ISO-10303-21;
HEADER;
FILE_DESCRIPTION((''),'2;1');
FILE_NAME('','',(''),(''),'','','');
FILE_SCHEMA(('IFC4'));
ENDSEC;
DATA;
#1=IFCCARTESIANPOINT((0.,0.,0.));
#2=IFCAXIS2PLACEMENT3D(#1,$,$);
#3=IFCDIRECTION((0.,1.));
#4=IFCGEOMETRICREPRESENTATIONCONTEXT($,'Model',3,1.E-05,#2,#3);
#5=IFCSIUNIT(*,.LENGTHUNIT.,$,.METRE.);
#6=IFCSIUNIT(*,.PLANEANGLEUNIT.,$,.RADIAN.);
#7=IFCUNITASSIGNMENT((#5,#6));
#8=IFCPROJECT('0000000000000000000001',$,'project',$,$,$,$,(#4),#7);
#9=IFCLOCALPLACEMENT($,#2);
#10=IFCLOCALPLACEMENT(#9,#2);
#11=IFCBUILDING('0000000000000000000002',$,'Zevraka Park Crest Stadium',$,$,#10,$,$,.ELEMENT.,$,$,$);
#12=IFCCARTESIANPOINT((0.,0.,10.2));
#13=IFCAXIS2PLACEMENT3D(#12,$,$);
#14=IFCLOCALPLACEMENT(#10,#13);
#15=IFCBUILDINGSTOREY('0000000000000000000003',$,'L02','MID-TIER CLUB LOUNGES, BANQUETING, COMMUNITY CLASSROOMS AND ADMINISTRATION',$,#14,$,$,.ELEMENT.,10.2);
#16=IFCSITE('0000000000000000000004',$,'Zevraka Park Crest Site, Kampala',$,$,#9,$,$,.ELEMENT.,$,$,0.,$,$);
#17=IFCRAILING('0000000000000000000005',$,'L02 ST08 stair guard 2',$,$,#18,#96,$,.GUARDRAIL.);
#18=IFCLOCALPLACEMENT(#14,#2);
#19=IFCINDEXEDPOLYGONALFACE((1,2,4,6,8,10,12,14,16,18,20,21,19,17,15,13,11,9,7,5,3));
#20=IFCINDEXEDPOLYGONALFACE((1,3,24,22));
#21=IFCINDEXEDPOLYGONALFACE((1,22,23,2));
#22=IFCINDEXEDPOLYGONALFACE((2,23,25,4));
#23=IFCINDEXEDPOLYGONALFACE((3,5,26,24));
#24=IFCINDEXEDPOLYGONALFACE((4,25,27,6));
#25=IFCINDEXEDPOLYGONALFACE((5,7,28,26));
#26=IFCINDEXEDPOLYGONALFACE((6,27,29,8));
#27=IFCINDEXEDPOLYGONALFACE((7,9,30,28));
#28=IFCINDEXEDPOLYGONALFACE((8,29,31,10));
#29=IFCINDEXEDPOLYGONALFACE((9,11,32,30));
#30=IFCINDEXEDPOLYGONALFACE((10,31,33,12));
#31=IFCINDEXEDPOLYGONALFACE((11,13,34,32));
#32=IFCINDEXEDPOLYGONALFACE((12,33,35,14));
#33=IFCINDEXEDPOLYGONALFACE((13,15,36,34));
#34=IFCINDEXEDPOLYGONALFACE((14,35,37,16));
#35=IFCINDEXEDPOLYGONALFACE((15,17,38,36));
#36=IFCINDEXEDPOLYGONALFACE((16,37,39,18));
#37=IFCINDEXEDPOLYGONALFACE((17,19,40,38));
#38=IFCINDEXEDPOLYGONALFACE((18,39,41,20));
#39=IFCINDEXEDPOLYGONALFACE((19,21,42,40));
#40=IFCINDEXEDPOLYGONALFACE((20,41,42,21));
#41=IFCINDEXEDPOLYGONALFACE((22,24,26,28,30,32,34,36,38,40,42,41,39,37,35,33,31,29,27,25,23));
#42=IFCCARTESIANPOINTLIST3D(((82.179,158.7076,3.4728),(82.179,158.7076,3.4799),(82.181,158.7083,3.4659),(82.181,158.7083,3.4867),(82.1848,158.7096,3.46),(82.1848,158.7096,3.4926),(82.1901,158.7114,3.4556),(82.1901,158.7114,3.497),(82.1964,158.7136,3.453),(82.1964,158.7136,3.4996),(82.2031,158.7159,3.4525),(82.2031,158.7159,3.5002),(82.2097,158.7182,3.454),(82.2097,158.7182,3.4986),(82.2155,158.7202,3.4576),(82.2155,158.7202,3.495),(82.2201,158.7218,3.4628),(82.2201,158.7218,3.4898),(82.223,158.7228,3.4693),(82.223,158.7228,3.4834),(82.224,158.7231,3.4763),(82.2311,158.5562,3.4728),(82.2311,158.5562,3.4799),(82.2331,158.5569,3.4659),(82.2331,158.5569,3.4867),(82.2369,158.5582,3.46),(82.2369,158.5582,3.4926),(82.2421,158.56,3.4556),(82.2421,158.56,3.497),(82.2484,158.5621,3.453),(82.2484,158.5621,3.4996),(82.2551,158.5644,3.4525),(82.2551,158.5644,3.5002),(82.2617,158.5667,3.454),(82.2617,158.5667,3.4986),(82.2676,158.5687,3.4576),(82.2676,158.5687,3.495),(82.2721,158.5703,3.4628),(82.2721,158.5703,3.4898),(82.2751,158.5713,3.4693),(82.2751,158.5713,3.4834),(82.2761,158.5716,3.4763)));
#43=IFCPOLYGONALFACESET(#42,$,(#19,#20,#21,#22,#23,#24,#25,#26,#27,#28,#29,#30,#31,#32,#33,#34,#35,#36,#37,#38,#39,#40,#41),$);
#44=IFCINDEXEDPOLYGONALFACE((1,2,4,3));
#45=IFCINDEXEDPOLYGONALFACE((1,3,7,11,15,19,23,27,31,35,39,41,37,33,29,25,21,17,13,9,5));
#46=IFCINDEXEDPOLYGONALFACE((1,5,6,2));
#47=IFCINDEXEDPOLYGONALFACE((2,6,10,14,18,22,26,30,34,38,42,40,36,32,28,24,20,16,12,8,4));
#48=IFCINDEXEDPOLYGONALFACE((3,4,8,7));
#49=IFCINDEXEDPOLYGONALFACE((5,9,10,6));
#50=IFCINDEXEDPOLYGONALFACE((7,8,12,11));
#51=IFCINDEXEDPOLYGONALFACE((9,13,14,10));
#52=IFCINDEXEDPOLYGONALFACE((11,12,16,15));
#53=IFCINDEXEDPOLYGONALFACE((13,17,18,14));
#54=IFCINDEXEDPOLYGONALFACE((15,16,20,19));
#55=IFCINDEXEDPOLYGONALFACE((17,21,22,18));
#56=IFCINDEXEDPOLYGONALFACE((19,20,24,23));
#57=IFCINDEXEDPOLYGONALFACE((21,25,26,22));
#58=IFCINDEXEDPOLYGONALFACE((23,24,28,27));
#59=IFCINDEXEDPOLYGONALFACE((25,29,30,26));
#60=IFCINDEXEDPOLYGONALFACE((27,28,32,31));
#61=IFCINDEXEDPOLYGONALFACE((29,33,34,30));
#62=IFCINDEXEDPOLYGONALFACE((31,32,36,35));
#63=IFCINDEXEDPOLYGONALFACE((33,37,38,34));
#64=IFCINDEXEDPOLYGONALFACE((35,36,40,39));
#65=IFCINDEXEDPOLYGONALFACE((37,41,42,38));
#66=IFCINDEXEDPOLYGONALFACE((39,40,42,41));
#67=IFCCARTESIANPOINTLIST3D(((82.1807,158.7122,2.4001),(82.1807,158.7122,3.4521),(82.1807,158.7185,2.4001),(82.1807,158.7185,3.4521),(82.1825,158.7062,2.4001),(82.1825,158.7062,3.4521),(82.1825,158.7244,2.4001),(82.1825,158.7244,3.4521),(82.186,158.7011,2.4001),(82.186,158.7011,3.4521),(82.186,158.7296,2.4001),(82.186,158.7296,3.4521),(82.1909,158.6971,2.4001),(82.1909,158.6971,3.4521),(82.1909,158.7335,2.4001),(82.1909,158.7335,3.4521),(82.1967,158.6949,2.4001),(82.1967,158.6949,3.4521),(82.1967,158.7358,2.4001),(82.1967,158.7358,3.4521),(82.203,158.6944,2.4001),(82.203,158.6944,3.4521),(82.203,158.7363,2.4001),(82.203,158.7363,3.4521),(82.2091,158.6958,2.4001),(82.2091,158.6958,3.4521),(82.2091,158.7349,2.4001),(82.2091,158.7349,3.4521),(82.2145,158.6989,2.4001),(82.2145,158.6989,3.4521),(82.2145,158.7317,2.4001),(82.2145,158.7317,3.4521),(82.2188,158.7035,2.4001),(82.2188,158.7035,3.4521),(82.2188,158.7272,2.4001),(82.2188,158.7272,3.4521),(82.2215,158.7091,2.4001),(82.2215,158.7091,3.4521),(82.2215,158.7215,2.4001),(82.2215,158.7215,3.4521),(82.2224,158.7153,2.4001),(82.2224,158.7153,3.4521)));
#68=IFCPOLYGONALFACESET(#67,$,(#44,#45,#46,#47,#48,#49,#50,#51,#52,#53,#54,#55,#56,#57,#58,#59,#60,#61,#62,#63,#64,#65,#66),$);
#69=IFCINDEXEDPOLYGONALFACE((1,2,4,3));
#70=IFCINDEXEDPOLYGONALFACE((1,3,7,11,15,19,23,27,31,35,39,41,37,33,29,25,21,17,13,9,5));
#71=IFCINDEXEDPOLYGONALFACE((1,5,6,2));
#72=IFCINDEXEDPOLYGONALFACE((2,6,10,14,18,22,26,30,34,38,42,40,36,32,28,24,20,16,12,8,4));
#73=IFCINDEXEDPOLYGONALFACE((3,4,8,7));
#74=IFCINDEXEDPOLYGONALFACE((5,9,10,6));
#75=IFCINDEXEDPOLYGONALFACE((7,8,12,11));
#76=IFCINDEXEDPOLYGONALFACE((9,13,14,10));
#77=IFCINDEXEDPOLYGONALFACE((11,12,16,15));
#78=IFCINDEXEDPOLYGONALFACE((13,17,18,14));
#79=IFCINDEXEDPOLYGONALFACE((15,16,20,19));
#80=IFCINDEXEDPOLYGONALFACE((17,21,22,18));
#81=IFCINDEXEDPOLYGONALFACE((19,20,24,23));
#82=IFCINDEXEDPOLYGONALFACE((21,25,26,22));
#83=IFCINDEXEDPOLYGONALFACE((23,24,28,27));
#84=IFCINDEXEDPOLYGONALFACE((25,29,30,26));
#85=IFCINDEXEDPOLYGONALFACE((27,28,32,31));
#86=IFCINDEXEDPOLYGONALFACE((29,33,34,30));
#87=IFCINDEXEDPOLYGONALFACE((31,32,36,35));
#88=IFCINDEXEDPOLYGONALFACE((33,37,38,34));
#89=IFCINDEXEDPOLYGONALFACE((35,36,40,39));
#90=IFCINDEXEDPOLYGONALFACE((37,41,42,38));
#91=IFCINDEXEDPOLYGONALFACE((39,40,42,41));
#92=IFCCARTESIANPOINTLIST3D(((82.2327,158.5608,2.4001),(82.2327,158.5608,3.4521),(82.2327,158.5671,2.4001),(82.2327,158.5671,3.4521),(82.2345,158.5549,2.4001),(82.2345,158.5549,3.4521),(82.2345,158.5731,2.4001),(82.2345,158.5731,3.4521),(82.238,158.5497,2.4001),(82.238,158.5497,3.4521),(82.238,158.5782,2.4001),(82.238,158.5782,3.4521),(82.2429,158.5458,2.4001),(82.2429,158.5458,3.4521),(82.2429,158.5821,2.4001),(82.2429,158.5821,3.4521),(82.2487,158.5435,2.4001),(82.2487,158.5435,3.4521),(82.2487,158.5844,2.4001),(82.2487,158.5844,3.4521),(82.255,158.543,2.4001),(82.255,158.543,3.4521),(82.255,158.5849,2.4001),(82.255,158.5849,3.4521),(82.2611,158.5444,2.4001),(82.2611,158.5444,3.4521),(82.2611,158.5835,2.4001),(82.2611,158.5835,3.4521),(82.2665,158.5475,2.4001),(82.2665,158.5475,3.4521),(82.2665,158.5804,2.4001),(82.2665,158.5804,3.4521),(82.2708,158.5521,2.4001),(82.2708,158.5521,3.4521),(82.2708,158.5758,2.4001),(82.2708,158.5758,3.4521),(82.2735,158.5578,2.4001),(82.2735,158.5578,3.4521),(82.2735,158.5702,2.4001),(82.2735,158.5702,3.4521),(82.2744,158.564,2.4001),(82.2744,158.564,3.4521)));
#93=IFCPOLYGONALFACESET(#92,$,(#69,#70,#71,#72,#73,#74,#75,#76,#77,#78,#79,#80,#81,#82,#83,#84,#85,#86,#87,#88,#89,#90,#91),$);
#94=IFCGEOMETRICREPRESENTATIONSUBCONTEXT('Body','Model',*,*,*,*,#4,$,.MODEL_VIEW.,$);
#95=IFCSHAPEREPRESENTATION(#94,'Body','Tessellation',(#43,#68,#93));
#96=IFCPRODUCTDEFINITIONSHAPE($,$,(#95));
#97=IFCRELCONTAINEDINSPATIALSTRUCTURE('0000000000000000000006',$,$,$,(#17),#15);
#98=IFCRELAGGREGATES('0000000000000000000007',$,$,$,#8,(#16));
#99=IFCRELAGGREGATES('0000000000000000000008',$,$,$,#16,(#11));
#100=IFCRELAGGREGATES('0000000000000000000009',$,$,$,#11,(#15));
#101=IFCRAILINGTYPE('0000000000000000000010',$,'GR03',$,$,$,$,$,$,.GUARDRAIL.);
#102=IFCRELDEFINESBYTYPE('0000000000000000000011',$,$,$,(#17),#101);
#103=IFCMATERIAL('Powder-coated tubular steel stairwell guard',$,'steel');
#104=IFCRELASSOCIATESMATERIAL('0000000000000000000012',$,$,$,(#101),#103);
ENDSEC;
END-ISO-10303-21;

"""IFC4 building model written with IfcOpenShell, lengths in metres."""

from ifc_helpers import new_model, si_unit, direction, frame, origin, origin_2d, place, context, subcontext, project, spatial, circle, extrude, material, type_object, element, save


model = new_model("IFC4")

# Units and contexts
model_context = context("Model", 3, precision=1e-05, world=origin(), true_north=direction((0.0, 1.0)))
body_context = subcontext(model_context, "Body", "Model", "MODEL_VIEW")
ifc_project = project(units=[si_unit("LENGTHUNIT", "METRE"), si_unit("PLANEANGLEUNIT", "RADIAN")], contexts=[model_context])

# Site, building, storey
site_placement = place(None, origin())
site = spatial("IfcSite", under=ifc_project, at=site_placement, Name="Zevraka Park Crest Site, Kampala", CompositionType="ELEMENT", RefElevation=0.0)
building_placement = place(site_placement, origin())
building = spatial("IfcBuilding", under=site, at=building_placement, Name="Zevraka Park Crest Stadium", CompositionType="ELEMENT")
storey_placement = place(building_placement, frame((0.0, 0.0, 10.2)))
storey = spatial("IfcBuildingStorey", under=building, at=storey_placement, Name="L02", Description="MID-TIER CLUB LOUNGES, BANQUETING, COMMUNITY CLASSROOMS AND ADMINISTRATION", CompositionType="ELEMENT", Elevation=10.2)

# Railing
ifc_material_1 = material(Name="Powder-coated tubular steel stairwell guard", Category="steel")
railing_type_1 = type_object("IfcRailingType", Name="GR03", PredefinedType="GUARDRAIL", material=ifc_material_1)
railing_1_placement = place(storey_placement, frame((82.2014, 158.7153, 2.4001)))
element("IfcRailing", 1, at=railing_1_placement, inside=storey, type_object=railing_type_1, Name="L02 ST08 stair guard 2", PredefinedType="GUARDRAIL", context=body_context, shape_type="SweptSolid", body=[
    extrude(circle(Radius=0.0239, at=origin_2d()), frame((0.0, 0.0, 1.0762), z_axis=(0.324909, -0.945745, 0.0), x_axis=(0.945745, 0.324909, 0.0)), (0.0, 0.0, 1.0), 0.1602),
    extrude(circle(Radius=0.021, at=origin_2d()), origin(), (0.0, 0.0, 1.0), 1.052),
    extrude(circle(Radius=0.021, at=origin_2d()), frame((0.052, -0.1514, 0.0)), (0.0, 0.0, 1.0), 1.052),
])

save(model, "model.ifc")
